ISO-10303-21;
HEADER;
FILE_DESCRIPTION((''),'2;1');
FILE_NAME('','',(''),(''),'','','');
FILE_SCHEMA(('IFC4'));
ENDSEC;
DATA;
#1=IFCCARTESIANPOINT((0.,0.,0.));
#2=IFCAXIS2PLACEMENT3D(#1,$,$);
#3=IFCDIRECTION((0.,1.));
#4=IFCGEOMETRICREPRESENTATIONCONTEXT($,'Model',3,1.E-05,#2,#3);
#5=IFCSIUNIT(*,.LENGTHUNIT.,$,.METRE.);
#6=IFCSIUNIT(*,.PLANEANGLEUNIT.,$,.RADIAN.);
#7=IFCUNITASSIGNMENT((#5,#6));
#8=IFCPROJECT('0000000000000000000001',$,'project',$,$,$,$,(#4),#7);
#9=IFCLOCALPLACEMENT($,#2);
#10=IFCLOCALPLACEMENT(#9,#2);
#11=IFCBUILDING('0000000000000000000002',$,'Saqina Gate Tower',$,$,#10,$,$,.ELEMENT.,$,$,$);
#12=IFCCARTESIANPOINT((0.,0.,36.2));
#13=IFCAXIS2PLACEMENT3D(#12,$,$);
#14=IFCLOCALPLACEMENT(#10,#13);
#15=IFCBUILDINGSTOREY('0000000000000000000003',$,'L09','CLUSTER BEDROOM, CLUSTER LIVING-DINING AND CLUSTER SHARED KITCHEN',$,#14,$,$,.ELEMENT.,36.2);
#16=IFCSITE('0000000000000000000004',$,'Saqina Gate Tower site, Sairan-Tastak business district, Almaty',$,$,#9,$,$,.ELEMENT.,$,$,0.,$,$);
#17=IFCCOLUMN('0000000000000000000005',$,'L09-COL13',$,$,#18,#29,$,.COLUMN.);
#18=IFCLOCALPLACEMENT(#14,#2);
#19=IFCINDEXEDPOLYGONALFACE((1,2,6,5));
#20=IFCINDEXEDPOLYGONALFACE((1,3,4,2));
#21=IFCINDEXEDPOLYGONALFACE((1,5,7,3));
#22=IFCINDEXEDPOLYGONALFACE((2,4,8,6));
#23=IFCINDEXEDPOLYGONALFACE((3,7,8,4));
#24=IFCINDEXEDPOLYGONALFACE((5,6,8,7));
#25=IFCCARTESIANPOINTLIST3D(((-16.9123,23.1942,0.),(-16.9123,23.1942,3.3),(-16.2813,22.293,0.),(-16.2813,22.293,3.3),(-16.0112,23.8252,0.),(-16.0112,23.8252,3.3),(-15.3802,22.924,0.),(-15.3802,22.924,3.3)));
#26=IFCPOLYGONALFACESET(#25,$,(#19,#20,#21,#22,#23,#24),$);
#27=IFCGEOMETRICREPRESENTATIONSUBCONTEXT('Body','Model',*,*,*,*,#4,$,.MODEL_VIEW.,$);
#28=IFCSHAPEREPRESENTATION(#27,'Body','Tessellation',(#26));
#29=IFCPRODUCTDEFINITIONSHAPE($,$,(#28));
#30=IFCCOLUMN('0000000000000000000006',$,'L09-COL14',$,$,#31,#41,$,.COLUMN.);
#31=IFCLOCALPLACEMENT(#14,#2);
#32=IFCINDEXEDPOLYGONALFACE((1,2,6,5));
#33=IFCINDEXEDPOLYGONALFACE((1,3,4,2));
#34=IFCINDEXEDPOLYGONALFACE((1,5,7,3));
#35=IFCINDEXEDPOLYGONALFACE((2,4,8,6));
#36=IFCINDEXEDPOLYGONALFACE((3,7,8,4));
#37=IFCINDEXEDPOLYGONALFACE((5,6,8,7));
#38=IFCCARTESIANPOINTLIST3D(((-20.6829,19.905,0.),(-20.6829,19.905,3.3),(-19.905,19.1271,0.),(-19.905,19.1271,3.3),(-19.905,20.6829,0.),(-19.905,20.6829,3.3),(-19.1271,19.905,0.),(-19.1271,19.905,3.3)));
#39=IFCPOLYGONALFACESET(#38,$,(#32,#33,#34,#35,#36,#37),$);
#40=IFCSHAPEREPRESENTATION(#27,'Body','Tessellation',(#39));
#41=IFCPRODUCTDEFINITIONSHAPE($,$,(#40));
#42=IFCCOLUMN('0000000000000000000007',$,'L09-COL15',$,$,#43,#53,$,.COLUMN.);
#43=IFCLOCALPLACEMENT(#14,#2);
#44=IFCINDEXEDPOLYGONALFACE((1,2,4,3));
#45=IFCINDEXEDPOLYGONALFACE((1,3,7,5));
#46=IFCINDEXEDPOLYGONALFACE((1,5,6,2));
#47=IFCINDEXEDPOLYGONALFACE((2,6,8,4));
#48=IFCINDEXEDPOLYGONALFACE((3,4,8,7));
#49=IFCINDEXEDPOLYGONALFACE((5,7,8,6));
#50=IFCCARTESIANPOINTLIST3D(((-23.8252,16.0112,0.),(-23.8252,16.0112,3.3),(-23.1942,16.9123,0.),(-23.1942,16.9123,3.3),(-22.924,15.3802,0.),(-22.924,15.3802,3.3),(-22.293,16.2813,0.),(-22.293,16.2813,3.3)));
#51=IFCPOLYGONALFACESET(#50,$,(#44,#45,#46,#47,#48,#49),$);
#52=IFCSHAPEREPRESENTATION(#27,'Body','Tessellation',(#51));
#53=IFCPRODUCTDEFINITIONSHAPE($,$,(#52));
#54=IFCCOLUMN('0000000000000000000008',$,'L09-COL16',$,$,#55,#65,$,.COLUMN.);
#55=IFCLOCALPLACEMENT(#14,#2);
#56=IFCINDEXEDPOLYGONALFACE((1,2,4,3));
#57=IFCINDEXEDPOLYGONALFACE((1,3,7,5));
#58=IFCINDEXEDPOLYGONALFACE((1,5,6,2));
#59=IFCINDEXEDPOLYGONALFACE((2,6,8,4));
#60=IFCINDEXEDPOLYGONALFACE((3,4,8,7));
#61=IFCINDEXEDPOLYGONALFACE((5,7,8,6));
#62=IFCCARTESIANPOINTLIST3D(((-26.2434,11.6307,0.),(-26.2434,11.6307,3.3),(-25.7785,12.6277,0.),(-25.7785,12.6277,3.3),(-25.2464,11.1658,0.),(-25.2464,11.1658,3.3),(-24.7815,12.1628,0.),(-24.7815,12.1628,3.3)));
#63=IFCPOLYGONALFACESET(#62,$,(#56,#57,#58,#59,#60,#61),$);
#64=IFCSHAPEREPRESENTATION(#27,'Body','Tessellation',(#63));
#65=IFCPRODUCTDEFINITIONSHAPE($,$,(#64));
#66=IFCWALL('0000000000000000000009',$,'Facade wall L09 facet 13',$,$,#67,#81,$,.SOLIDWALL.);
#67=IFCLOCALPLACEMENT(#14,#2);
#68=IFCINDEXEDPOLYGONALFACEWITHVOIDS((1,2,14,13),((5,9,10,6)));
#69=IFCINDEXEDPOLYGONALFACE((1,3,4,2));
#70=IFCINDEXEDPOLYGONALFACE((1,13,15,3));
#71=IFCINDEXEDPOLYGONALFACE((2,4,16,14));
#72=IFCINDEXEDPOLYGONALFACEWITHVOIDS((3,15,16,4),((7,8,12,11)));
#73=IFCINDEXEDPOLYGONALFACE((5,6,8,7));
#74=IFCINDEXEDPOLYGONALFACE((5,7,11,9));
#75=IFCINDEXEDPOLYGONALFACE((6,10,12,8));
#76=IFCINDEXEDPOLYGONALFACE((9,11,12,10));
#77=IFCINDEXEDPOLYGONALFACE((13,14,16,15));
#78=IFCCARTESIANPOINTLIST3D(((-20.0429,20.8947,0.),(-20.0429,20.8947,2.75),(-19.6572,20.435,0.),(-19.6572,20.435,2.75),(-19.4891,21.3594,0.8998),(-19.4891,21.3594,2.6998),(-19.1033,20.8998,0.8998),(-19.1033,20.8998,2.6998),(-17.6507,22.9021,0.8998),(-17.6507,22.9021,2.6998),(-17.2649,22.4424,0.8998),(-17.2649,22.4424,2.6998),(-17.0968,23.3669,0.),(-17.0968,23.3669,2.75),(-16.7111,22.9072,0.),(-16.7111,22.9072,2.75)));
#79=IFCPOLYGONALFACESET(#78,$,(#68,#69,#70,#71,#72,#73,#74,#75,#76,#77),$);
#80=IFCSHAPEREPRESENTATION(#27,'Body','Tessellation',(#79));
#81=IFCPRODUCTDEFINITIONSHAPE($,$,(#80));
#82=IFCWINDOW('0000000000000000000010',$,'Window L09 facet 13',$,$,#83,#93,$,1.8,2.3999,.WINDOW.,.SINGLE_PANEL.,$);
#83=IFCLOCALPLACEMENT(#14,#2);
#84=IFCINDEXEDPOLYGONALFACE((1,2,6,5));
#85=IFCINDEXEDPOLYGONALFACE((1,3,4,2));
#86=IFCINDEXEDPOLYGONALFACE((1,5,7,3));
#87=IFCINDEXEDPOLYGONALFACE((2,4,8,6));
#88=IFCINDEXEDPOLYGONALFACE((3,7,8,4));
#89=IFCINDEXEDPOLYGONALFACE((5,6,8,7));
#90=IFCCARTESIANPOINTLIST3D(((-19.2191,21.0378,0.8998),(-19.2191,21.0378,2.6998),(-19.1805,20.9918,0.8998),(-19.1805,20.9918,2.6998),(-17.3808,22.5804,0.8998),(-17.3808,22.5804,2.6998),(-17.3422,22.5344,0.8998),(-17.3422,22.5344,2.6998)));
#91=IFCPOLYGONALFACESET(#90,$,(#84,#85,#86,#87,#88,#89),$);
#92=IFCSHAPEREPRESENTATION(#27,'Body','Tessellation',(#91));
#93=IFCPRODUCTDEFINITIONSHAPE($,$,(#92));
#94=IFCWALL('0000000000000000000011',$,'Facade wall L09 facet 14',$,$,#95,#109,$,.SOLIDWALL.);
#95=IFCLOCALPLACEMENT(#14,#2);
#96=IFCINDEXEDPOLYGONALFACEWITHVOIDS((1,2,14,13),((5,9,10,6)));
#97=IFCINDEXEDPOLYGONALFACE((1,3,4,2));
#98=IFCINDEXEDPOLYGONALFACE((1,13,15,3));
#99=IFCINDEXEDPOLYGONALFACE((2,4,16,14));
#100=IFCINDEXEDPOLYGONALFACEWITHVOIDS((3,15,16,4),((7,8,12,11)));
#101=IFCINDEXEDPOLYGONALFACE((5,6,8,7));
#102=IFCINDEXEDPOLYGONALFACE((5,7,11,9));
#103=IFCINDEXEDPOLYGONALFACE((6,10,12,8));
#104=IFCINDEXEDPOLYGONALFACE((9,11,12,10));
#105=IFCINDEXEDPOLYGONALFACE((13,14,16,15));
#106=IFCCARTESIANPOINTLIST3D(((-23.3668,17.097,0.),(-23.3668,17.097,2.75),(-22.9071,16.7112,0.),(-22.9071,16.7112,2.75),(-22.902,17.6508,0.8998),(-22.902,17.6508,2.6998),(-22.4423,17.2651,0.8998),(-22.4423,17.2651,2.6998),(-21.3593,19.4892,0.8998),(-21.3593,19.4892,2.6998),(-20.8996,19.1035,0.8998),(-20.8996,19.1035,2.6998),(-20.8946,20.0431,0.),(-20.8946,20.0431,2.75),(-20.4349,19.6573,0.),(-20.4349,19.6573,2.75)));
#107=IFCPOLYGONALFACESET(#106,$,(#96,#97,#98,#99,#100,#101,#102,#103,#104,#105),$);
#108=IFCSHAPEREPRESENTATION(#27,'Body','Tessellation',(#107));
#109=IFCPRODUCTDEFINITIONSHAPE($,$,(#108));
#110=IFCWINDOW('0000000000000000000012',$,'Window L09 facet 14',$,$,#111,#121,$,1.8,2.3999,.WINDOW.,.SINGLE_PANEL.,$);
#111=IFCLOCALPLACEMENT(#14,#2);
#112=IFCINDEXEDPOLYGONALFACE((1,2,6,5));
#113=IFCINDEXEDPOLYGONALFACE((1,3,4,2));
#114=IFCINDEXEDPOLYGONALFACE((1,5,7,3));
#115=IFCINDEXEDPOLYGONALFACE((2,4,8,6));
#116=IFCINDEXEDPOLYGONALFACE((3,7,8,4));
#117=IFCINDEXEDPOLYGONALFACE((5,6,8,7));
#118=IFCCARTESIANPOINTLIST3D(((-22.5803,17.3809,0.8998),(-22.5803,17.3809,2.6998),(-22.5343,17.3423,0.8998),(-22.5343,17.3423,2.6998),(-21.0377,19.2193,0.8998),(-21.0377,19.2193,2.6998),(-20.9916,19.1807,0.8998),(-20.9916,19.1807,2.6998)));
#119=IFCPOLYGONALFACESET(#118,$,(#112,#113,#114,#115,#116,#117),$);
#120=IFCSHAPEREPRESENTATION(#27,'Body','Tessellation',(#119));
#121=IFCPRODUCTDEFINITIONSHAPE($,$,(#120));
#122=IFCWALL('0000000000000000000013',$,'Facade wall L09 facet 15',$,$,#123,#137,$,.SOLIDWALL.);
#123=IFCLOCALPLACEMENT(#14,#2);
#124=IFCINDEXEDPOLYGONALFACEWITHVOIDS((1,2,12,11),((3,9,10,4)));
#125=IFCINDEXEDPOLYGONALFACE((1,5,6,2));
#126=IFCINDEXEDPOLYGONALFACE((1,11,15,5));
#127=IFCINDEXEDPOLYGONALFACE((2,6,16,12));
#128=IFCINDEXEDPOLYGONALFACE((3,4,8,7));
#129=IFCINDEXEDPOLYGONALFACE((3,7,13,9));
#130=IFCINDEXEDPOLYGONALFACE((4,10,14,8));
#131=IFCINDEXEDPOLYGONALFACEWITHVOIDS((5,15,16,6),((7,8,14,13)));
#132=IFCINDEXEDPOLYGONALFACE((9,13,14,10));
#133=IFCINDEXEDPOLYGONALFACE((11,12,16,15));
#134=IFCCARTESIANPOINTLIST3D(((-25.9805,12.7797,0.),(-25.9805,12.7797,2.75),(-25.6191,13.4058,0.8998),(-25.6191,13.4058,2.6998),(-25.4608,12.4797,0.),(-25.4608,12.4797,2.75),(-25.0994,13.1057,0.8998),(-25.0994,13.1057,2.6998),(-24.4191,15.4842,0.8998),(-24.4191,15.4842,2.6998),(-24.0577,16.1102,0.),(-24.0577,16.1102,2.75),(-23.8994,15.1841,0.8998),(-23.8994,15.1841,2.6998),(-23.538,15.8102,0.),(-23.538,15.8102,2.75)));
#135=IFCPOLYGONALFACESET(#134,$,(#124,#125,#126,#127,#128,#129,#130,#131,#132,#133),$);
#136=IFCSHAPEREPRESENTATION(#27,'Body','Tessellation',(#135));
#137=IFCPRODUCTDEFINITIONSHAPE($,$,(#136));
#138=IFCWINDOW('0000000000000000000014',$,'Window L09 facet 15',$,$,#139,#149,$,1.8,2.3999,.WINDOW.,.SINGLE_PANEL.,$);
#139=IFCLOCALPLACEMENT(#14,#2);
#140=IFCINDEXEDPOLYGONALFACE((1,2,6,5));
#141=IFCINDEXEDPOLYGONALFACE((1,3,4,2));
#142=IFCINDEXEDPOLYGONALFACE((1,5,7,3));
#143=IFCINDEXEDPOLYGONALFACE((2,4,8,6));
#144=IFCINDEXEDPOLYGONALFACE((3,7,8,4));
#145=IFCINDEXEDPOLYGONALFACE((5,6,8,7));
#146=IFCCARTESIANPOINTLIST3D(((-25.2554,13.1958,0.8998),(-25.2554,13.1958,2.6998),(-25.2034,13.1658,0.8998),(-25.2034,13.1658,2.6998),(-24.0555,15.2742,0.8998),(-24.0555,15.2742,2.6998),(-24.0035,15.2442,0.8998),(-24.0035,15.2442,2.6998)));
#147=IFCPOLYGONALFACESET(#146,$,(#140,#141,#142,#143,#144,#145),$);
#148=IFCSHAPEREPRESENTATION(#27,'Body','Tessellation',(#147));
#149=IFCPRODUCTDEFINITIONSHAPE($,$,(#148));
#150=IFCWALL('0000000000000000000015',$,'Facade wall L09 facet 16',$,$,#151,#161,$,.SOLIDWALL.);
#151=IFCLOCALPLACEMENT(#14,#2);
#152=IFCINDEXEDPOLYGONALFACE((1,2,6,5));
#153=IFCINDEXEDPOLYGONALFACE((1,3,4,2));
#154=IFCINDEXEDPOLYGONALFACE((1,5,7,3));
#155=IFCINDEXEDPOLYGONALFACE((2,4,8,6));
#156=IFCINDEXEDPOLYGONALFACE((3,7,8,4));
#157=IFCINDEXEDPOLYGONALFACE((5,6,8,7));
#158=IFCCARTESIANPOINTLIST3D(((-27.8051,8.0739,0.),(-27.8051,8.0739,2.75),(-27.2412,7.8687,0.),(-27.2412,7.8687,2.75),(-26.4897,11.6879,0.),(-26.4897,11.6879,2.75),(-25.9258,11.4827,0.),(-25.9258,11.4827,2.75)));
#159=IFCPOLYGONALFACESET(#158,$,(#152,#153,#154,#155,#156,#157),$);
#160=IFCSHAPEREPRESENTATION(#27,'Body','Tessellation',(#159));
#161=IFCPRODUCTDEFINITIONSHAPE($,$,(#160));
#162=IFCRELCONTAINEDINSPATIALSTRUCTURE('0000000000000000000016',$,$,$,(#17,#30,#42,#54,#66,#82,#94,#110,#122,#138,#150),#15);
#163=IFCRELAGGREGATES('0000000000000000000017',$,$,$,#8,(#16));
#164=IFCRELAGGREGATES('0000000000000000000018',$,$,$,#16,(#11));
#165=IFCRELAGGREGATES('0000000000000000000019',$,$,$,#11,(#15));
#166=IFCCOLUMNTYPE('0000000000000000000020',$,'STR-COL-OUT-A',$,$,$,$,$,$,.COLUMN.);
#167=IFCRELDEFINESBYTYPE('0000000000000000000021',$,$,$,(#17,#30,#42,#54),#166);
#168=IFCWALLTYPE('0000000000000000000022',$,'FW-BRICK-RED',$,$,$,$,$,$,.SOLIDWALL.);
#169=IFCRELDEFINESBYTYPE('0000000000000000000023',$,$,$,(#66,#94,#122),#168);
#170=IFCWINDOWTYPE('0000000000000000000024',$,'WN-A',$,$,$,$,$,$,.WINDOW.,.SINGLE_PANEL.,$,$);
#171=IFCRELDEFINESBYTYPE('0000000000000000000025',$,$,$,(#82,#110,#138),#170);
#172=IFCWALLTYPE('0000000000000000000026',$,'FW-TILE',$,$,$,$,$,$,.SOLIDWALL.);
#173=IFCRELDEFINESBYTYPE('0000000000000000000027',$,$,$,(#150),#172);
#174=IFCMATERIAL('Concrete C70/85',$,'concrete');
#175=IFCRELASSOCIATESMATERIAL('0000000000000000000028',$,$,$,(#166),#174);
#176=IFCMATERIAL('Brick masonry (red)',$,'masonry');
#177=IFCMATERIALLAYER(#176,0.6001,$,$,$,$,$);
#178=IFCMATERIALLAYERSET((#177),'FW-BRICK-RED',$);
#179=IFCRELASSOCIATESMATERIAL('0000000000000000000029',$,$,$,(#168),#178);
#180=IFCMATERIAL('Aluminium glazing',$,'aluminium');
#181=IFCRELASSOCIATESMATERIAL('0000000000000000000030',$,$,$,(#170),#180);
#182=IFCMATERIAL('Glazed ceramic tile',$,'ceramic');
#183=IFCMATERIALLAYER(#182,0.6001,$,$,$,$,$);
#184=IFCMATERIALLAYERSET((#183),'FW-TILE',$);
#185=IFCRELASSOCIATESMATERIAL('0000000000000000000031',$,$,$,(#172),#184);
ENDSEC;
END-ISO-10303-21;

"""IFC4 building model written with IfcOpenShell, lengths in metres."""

from ifc_helpers import new_model, si_unit, direction, frame, frame_2d, origin, origin_2d, place, context, subcontext, project, spatial, rectangle, extrude, material, layer, layer_set, material_profile, profile_set, type_object, element, fill, save


model = new_model("IFC4")

# Units and contexts
model_context = context("Model", 3, precision=1e-05, world=origin(), true_north=direction((0.0, 1.0)))
body_context = subcontext(model_context, "Body", "Model", "MODEL_VIEW")
ifc_project = project(units=[si_unit("LENGTHUNIT", "METRE"), si_unit("PLANEANGLEUNIT", "RADIAN")], contexts=[model_context])

# Site, building, storey
site_placement = place(None, origin())
site = spatial("IfcSite", under=ifc_project, at=site_placement, Name="Saqina Gate Tower site, Sairan-Tastak business district, Almaty", CompositionType="ELEMENT", RefElevation=0.0)
building_placement = place(site_placement, origin())
building = spatial("IfcBuilding", under=site, at=building_placement, Name="Saqina Gate Tower", CompositionType="ELEMENT")
storey_placement = place(building_placement, frame((0.0, 0.0, 36.2)))
storey = spatial("IfcBuildingStorey", under=building, at=storey_placement, Name="L09", Description="CLUSTER BEDROOM, CLUSTER LIVING-DINING AND CLUSTER SHARED KITCHEN", CompositionType="ELEMENT", Elevation=36.2)

# Columns
ifc_material_1 = material(Name="Concrete C70/85", Category="concrete")
ifc_material_profile = material_profile(ifc_material_1, rectangle(XDim=1.1001, YDim=1.1001, at=origin_2d()), Name="RC 1100x1100")
ifc_profile_set = profile_set([ifc_material_profile], Name="Concrete C70/85")
column_type = type_object("IfcColumnType", Name="STR-COL-OUT-A", PredefinedType="COLUMN", material=ifc_profile_set)
for number, where, z_axis, x_axis, name in (
    (1, (-16.1462, 23.0591, 0.0), (0.0, 0.0, 1.0), (-0.573576, 0.819152, 0.0), "L09-COL13"),
    (2, (-19.905, 19.905, 0.0), (0.0, 0.0, 1.0), (-0.707107, 0.707107, 0.0), "L09-COL14"),
    (3, (-23.0591, 16.1462, 0.0), (0.0, 0.0, 1.0), (-0.819152, 0.573576, 0.0), "L09-COL15"),
    (4, (-25.5125, 11.8967, 0.0), (0.0, 0.0, 1.0), (-0.906308, 0.422618, 0.0), "L09-COL16"),
):
    element("IfcColumn", number, at=place(storey_placement, frame(where, z_axis=z_axis, x_axis=x_axis)), inside=storey, type_object=column_type, Name=name, PredefinedType="COLUMN", context=body_context, shape_type="SweptSolid", body=[
        extrude(rectangle(XDim=1.1001, YDim=1.1001, at=origin_2d()), origin(), (0.0, 0.0, 1.0), 3.3),
    ])

# Walls, openings, windows
ifc_material_2 = material(Name="Brick masonry (red)", Category="masonry")
ifc_layer_1 = layer(ifc_material_2, 0.6001)
ifc_layer_set_1 = layer_set([ifc_layer_1], Name="FW-BRICK-RED")
wall_type_1 = type_object("IfcWallType", Name="FW-BRICK-RED", PredefinedType="SOLIDWALL", material=ifc_layer_set_1)
wall_1_placement = place(storey_placement, frame((-16.9041, 23.137, 0.0), z_axis=(0.0, 0.0, 1.0), x_axis=(-0.766026, -0.642809, 0.0)))
wall_1 = element("IfcWall", 5, at=wall_1_placement, inside=storey, type_object=wall_type_1, Name="Facade wall L09 facet 13", PredefinedType="SOLIDWALL", context=body_context, shape_type="SweptSolid", body=[
    extrude(rectangle(XDim=3.8459, YDim=0.6001, at=frame_2d((1.9229, 0.0))), origin(), (0.0, 0.0, 1.0), 2.75),
])
opening_1_placement = place(wall_1_placement, frame((0.7229, 0.0, 0.8999)))
opening_1 = element("IfcOpeningElement", 6, at=opening_1_placement, cuts=wall_1, PredefinedType="OPENING", context=body_context, shape_type="SweptSolid", body=[
    extrude(rectangle(XDim=2.3999, YDim=1.8, at=frame_2d((1.2, 0.8999))), frame((0.0, 0.312, 0.0), z_axis=(0.0, -1.0, 0.0), x_axis=(1.0, 0.0, 0.0)), (0.0, 0.0, 1.0), 0.624),
])
ifc_material_3 = material(Name="Aluminium glazing", Category="aluminium")
window_type = type_object("IfcWindowType", Name="WN-A", PartitioningType="SINGLE_PANEL", PredefinedType="WINDOW", material=ifc_material_3)
window_1_placement = place(opening_1_placement, origin())
window_1 = element("IfcWindow", 7, at=window_1_placement, inside=storey, type_object=window_type, Name="Window L09 facet 13", OverallHeight=1.8, OverallWidth=2.3999, PartitioningType="SINGLE_PANEL", PredefinedType="WINDOW", context=body_context, shape_type="SweptSolid", body=[
    extrude(rectangle(XDim=2.3999, YDim=1.8, at=frame_2d((1.2, 0.8999))), frame((0.0, 0.1799, 0.0), z_axis=(0.0, -1.0, 0.0), x_axis=(1.0, 0.0, 0.0)), (0.0, 0.0, 1.0), 0.0601),
])
fill(opening_1, window_1)
wall_2_placement = place(storey_placement, frame((-20.6648, 19.8501, 0.0), z_axis=(0.0, 0.0, 1.0), x_axis=(-0.642809, -0.766026, 0.0)))
wall_2 = element("IfcWall", 8, at=wall_2_placement, inside=storey, type_object=wall_type_1, Name="Facade wall L09 facet 14", PredefinedType="SOLIDWALL", context=body_context, shape_type="SweptSolid", body=[
    extrude(rectangle(XDim=3.8459, YDim=0.6001, at=frame_2d((1.9229, 0.0))), origin(), (0.0, 0.0, 1.0), 2.75),
])
opening_2_placement = place(wall_2_placement, frame((0.7229, 0.0, 0.8999)))
opening_2 = element("IfcOpeningElement", 9, at=opening_2_placement, cuts=wall_2, PredefinedType="OPENING", context=body_context, shape_type="SweptSolid", body=[
    extrude(rectangle(XDim=2.3999, YDim=1.8, at=frame_2d((1.2, 0.8999))), frame((0.0, 0.312, 0.0), z_axis=(0.0, -1.0, 0.0), x_axis=(1.0, 0.0, 0.0)), (0.0, 0.0, 1.0), 0.624),
])
window_2_placement = place(opening_2_placement, origin())
window_2 = element("IfcWindow", 10, at=window_2_placement, inside=storey, type_object=window_type, Name="Window L09 facet 14", OverallHeight=1.8, OverallWidth=2.3999, PartitioningType="SINGLE_PANEL", PredefinedType="WINDOW", context=body_context, shape_type="SweptSolid", body=[
    extrude(rectangle(XDim=2.3999, YDim=1.8, at=frame_2d((1.2, 0.8999))), frame((0.0, 0.1799, 0.0), z_axis=(0.0, -1.0, 0.0), x_axis=(1.0, 0.0, 0.0)), (0.0, 0.0, 1.0), 0.0601),
])
fill(opening_2, window_2)
wall_3_placement = place(storey_placement, frame((-23.7979, 15.9602, 0.0), z_axis=(0.0, 0.0, 1.0), x_axis=(-0.49999, -0.866031, 0.0)))
wall_3 = element("IfcWall", 11, at=wall_3_placement, inside=storey, type_object=wall_type_1, Name="Facade wall L09 facet 15", PredefinedType="SOLIDWALL", context=body_context, shape_type="SweptSolid", body=[
    extrude(rectangle(XDim=3.8457, YDim=0.6001, at=frame_2d((1.9229, 0.0))), origin(), (0.0, 0.0, 1.0), 2.75),
])
opening_3_placement = place(wall_3_placement, frame((0.7229, 0.0, 0.8999)))
opening_3 = element("IfcOpeningElement", 12, at=opening_3_placement, cuts=wall_3, PredefinedType="OPENING", context=body_context, shape_type="SweptSolid", body=[
    extrude(rectangle(XDim=2.3999, YDim=1.8, at=frame_2d((1.2, 0.8999))), frame((0.0, 0.312, 0.0), z_axis=(0.0, -1.0, 0.0), x_axis=(1.0, 0.0, 0.0)), (0.0, 0.0, 1.0), 0.624),
])
window_3_placement = place(opening_3_placement, origin())
window_3 = element("IfcWindow", 13, at=window_3_placement, inside=storey, type_object=window_type, Name="Window L09 facet 15", OverallHeight=1.8, OverallWidth=2.3999, PartitioningType="SINGLE_PANEL", PredefinedType="WINDOW", context=body_context, shape_type="SweptSolid", body=[
    extrude(rectangle(XDim=2.3999, YDim=1.8, at=frame_2d((1.2, 0.8999))), frame((0.0, 0.1799, 0.0), z_axis=(0.0, -1.0, 0.0), x_axis=(1.0, 0.0, 0.0)), (0.0, 0.0, 1.0), 0.0601),
])
fill(opening_3, window_3)

# Wall
ifc_material_4 = material(Name="Glazed ceramic tile", Category="ceramic")
ifc_layer_2 = layer(ifc_material_4, 0.6001)
ifc_layer_set_2 = layer_set([ifc_layer_2], Name="FW-TILE")
wall_type_2 = type_object("IfcWallType", Name="FW-TILE", PredefinedType="SOLIDWALL", material=ifc_layer_set_2)
wall_4_placement = place(storey_placement, frame((-26.2078, 11.5852, 0.0), z_axis=(0.0, 0.0, 1.0), x_axis=(-0.342028, -0.93969, 0.0)))
element("IfcWall", 14, at=wall_4_placement, inside=storey, type_object=wall_type_2, Name="Facade wall L09 facet 16", PredefinedType="SOLIDWALL", context=body_context, shape_type="SweptSolid", body=[
    extrude(rectangle(XDim=3.8459, YDim=0.6001, at=frame_2d((1.9229, 0.0))), origin(), (0.0, 0.0, 1.0), 2.75),
])

save(model, "model.ifc")
